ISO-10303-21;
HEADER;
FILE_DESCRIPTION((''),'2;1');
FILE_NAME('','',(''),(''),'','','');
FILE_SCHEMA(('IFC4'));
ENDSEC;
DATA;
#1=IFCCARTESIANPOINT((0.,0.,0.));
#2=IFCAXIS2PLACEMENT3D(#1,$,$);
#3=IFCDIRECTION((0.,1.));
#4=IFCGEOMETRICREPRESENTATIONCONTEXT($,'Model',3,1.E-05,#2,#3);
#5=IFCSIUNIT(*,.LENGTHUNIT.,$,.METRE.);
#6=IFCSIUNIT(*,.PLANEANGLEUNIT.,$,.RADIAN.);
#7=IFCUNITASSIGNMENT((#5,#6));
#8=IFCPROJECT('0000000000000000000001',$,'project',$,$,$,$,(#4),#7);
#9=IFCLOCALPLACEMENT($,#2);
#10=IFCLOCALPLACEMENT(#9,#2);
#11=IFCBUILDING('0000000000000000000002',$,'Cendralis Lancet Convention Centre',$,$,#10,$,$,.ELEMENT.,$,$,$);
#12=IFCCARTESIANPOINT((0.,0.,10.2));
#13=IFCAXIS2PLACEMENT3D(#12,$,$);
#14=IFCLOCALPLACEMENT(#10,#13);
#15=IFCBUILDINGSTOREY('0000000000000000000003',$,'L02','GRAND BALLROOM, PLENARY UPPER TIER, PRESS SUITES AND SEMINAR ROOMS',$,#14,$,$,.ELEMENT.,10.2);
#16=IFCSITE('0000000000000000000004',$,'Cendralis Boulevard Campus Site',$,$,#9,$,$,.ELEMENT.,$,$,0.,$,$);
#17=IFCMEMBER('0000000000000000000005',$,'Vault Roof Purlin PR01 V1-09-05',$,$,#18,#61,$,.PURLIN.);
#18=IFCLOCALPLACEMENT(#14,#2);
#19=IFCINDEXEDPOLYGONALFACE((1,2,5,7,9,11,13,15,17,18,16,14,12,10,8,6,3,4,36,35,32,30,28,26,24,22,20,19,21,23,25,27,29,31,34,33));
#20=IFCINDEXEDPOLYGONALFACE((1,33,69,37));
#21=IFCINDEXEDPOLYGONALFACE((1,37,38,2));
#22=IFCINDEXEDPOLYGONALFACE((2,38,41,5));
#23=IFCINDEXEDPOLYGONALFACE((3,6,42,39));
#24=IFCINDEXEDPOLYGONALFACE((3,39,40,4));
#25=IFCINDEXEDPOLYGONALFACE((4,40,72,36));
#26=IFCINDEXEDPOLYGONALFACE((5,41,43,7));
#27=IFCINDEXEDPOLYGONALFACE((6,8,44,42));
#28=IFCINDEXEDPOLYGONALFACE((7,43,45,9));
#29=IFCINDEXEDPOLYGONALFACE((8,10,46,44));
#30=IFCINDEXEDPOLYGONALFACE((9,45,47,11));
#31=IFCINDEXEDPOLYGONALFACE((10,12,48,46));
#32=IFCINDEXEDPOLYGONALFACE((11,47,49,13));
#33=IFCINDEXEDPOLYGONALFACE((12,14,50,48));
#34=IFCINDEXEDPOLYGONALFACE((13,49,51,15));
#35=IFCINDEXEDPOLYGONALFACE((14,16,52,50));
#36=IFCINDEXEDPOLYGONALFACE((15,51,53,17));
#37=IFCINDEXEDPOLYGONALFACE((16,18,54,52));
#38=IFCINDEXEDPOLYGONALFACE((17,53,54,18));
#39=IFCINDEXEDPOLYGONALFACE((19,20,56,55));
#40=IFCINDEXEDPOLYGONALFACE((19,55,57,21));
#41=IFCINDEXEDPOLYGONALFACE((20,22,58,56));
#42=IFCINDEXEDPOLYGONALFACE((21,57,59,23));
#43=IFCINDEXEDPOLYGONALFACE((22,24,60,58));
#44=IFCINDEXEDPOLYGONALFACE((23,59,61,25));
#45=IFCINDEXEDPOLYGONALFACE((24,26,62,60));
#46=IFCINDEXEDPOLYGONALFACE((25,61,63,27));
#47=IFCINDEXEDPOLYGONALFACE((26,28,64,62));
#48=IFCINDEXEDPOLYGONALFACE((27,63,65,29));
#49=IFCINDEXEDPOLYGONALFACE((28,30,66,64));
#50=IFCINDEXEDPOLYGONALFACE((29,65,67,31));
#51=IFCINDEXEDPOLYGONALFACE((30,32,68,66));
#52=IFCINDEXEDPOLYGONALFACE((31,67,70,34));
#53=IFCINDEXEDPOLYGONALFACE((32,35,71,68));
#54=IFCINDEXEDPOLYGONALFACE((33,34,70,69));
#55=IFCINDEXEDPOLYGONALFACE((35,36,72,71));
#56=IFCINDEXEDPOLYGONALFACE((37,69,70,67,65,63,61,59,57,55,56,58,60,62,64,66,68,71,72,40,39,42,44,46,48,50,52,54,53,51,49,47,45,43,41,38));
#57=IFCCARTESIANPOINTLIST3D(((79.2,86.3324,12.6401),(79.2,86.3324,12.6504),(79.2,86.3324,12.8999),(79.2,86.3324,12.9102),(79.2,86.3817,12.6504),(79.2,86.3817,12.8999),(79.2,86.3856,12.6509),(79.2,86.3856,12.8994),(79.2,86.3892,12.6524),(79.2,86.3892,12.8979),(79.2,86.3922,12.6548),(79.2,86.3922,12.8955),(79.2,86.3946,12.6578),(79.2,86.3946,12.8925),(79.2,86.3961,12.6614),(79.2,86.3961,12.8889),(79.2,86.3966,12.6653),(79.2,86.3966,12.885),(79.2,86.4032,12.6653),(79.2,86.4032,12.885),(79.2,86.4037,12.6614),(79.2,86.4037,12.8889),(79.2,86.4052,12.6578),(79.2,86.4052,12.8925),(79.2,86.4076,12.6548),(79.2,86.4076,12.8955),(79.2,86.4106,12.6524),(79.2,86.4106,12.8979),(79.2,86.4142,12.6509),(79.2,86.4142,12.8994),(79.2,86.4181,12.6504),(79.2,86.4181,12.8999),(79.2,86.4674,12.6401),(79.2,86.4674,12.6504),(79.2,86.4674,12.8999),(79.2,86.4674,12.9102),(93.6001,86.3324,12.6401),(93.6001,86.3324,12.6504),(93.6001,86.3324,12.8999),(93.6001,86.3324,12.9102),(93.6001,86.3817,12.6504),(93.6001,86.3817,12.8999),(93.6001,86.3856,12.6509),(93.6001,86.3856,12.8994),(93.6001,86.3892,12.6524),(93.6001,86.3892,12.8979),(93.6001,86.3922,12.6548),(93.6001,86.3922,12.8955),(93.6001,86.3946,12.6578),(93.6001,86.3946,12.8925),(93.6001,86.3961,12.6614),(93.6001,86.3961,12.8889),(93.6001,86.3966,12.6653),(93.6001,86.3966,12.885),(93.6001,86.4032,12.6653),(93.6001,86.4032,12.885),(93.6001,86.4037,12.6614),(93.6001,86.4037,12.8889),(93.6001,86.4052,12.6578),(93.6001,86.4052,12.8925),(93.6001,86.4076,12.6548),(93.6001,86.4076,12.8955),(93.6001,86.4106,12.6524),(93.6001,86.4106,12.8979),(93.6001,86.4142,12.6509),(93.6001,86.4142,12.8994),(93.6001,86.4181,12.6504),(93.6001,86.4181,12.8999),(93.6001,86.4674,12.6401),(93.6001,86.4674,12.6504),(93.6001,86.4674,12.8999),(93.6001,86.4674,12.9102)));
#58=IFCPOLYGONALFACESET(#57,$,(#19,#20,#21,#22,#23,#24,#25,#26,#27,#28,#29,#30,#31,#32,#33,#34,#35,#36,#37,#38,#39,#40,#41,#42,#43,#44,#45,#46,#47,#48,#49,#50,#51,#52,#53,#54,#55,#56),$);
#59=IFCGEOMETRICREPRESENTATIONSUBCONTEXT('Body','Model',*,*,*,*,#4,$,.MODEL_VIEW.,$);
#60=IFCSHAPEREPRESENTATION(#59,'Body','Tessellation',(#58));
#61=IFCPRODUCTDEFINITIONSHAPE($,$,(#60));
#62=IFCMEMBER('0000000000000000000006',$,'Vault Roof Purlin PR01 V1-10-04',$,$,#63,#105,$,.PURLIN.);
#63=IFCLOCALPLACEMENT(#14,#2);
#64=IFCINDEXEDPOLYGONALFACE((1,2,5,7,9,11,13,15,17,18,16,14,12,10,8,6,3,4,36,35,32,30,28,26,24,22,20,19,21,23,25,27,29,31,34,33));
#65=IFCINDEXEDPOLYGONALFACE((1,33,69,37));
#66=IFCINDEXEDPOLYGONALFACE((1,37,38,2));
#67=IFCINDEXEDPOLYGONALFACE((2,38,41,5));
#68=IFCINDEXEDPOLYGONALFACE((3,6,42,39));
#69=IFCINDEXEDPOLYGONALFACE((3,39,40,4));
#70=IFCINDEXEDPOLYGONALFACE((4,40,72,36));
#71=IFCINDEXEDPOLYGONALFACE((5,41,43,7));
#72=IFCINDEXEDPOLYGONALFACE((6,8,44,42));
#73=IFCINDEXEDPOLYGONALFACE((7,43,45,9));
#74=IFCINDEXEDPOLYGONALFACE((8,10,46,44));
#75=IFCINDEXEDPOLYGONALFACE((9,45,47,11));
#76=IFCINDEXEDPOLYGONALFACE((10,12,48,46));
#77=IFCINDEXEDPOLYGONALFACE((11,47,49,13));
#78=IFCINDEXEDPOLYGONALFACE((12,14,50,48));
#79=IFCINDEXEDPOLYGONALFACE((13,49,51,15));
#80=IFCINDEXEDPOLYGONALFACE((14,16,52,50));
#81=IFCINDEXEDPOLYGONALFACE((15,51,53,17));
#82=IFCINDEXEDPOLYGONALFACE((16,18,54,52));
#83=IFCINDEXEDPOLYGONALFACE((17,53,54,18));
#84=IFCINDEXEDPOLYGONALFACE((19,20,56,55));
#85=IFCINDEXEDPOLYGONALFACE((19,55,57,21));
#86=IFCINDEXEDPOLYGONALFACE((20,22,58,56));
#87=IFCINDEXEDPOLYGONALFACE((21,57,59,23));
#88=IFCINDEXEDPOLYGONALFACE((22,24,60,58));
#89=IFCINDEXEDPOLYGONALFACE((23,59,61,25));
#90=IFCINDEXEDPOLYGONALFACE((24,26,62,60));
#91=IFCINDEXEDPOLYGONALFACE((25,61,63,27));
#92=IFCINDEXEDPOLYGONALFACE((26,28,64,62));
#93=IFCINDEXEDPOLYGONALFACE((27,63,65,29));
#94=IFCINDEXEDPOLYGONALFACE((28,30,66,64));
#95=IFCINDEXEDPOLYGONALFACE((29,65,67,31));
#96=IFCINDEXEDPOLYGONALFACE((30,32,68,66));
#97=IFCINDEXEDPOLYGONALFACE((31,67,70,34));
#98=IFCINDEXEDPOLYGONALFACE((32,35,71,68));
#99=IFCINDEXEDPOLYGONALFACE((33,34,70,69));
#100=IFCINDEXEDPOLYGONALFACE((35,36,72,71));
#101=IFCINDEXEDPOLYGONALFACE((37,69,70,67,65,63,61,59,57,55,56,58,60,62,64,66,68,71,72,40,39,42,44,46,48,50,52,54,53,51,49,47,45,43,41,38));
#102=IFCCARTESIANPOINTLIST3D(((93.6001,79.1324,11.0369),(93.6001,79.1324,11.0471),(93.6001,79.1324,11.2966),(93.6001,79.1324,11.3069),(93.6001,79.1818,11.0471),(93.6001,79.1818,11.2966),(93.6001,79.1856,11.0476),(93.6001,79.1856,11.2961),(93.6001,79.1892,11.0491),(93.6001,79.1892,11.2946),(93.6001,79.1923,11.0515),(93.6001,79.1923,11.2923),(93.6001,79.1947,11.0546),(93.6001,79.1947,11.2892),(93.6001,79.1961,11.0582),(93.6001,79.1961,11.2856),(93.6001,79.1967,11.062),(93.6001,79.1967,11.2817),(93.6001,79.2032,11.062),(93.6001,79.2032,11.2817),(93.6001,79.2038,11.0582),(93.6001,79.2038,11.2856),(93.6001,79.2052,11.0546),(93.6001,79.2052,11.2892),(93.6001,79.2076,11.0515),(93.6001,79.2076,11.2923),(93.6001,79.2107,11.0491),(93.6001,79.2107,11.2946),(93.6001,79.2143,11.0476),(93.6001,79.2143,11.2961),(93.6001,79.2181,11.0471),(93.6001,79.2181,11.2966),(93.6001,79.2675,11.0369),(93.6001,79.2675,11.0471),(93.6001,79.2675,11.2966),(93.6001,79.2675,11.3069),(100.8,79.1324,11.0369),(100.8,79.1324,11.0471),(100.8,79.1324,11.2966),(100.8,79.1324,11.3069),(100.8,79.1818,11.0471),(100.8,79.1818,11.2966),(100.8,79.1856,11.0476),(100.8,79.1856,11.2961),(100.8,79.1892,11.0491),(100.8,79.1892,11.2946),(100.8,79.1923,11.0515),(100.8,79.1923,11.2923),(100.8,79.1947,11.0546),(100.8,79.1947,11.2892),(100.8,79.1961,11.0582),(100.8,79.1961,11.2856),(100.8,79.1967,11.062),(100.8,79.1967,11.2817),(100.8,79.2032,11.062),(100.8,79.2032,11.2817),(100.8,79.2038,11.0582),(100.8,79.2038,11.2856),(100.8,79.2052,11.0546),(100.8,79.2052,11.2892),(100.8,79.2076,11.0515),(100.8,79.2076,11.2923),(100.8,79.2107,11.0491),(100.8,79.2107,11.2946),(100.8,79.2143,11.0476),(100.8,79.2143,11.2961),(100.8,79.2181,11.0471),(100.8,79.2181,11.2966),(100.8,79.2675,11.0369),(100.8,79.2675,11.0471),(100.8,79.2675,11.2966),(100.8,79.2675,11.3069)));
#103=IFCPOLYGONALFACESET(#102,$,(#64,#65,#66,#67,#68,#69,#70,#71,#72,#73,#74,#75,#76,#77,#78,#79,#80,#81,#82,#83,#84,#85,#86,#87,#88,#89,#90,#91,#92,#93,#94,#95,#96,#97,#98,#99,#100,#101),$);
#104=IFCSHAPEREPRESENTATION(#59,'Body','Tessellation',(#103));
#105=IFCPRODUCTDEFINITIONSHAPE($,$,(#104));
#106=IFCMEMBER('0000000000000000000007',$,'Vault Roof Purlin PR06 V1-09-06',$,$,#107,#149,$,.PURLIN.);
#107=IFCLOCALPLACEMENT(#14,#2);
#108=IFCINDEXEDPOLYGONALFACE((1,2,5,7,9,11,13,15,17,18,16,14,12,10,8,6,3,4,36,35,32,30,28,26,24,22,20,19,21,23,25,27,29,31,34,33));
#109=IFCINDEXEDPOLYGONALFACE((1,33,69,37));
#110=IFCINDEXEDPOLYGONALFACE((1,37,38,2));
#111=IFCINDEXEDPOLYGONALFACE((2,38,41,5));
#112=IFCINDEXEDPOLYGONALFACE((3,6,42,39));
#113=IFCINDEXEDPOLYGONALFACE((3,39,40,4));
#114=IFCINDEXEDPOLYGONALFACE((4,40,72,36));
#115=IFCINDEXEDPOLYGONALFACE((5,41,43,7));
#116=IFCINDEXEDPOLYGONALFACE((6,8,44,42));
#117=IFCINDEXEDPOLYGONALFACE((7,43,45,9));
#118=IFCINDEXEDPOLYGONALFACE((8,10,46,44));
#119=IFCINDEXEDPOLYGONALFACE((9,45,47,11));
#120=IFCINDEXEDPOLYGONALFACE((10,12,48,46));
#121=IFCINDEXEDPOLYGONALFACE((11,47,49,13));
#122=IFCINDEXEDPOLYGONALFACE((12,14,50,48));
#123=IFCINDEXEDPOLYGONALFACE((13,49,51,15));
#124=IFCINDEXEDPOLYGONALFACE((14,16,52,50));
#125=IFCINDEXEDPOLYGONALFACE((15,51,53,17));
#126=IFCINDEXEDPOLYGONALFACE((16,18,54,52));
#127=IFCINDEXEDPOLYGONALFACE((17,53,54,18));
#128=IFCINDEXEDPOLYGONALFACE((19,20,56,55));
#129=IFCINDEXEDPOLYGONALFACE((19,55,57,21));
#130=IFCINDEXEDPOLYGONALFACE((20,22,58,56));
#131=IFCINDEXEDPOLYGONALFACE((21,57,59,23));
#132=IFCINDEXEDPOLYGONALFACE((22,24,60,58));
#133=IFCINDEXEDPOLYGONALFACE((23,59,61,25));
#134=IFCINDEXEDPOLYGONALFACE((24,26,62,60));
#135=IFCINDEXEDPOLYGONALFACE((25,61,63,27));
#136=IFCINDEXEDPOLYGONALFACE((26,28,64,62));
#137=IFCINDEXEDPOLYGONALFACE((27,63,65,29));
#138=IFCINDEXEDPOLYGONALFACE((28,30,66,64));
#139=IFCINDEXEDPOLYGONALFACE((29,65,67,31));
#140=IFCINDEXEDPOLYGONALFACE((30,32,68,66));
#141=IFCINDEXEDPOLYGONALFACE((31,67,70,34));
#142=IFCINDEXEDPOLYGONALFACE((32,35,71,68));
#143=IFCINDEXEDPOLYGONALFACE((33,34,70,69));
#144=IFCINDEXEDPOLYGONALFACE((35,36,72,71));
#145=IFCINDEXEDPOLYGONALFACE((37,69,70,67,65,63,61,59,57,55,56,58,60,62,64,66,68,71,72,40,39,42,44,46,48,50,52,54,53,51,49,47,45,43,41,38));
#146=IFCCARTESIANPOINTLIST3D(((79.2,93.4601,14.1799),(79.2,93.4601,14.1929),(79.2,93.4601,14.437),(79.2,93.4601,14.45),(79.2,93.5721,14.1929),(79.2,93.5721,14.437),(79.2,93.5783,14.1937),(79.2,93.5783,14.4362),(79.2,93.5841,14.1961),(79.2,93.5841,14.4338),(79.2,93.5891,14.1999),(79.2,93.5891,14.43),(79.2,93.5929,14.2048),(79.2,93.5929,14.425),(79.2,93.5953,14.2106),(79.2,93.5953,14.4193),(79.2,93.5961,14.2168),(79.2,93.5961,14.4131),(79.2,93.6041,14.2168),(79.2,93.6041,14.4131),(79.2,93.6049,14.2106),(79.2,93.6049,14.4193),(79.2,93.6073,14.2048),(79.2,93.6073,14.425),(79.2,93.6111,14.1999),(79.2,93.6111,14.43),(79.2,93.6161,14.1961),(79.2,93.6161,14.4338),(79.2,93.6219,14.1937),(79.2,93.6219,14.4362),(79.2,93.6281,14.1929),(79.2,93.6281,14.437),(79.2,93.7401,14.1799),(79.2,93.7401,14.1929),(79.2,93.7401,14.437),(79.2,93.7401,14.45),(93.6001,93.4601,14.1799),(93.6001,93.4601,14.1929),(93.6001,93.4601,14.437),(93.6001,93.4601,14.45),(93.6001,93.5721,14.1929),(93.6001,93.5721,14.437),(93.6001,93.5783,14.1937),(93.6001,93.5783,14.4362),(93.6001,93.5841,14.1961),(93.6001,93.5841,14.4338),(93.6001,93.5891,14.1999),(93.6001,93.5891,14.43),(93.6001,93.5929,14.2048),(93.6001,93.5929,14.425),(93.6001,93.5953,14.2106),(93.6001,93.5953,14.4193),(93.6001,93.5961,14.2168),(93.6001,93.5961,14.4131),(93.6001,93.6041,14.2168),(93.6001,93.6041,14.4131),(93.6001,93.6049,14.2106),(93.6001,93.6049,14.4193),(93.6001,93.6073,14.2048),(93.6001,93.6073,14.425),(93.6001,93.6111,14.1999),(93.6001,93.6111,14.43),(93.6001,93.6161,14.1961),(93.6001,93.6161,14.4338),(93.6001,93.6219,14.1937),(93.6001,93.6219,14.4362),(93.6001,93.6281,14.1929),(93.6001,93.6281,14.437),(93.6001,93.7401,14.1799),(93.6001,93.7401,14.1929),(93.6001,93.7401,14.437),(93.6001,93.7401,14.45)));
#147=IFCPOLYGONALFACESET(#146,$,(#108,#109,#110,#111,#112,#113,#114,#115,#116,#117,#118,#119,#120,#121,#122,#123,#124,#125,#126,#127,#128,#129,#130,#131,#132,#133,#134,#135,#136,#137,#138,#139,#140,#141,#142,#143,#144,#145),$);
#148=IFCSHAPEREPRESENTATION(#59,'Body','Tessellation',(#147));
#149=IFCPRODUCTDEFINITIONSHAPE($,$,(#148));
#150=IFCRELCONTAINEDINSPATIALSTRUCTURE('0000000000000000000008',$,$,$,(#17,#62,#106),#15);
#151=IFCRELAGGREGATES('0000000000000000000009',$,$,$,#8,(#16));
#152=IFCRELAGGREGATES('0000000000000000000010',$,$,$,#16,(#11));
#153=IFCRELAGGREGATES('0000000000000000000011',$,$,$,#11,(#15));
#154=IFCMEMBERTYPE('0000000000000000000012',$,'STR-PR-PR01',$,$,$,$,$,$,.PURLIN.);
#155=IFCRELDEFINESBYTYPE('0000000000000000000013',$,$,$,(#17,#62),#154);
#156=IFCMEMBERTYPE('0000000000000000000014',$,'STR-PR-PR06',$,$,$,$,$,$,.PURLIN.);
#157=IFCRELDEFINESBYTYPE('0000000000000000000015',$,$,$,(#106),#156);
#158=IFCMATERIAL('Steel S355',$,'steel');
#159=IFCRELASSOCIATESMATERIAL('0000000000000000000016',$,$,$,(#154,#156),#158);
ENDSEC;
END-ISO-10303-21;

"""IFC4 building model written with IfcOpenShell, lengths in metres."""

from ifc_helpers import new_model, si_unit, direction, frame, origin, origin_2d, place, context, subcontext, project, spatial, i_section, extrude, material, material_profile, profile_set, type_object, element, save


model = new_model("IFC4")

# Units and contexts
model_context = context("Model", 3, precision=1e-05, world=origin(), true_north=direction((0.0, 1.0)))
body_context = subcontext(model_context, "Body", "Model", "MODEL_VIEW")
ifc_project = project(units=[si_unit("LENGTHUNIT", "METRE"), si_unit("PLANEANGLEUNIT", "RADIAN")], contexts=[model_context])

# Site, building, storey
site_placement = place(None, origin())
site = spatial("IfcSite", under=ifc_project, at=site_placement, Name="Cendralis Boulevard Campus Site", CompositionType="ELEMENT", RefElevation=0.0)
building_placement = place(site_placement, origin())
building = spatial("IfcBuilding", under=site, at=building_placement, Name="Cendralis Lancet Convention Centre", CompositionType="ELEMENT")
storey_placement = place(building_placement, frame((0.0, 0.0, 10.2)))
storey = spatial("IfcBuildingStorey", under=building, at=storey_placement, Name="L02", Description="GRAND BALLROOM, PLENARY UPPER TIER, PRESS SUITES AND SEMINAR ROOMS", CompositionType="ELEMENT", Elevation=10.2)

# Members
ifc_material = material(Name="Steel S355", Category="steel")
ifc_material_profile_1 = material_profile(ifc_material, i_section(OverallWidth=0.135, OverallDepth=0.27, WebThickness=0.0066, FlangeThickness=0.0103, FilletRadius=0.0149, at=origin_2d()), Name="IPE 270")
ifc_profile_set_1 = profile_set([ifc_material_profile_1], Name="Steel S355")
member_type_1 = type_object("IfcMemberType", Name="STR-PR-PR01", PredefinedType="PURLIN", material=ifc_profile_set_1)
for number, where, z_axis, x_axis, name in (
    (1, (79.2, 86.3999, 12.7751), (1.0, 0.0, 0.0), (0.0, 1.0, 0.0), "Vault Roof Purlin PR01 V1-09-05"),
):
    element("IfcMember", number, at=place(storey_placement, frame(where, z_axis=z_axis, x_axis=x_axis)), inside=storey, type_object=member_type_1, Name=name, PredefinedType="PURLIN", context=body_context, shape_type="SweptSolid", body=[
        extrude(i_section(OverallWidth=0.135, OverallDepth=0.27, WebThickness=0.0066, FlangeThickness=0.0103, FilletRadius=0.0149, at=origin_2d()), origin(), (0.0, 0.0, 1.0), 14.4001),
    ])
member_1_placement = place(storey_placement, frame((93.6001, 79.2, 11.1719), z_axis=(1.0, 0.0, 0.0), x_axis=(0.0, 1.0, 0.0)))
element("IfcMember", 2, at=member_1_placement, inside=storey, type_object=member_type_1, Name="Vault Roof Purlin PR01 V1-10-04", PredefinedType="PURLIN", context=body_context, shape_type="SweptSolid", body=[
    extrude(i_section(OverallWidth=0.135, OverallDepth=0.27, WebThickness=0.0066, FlangeThickness=0.0103, FilletRadius=0.0149, at=origin_2d()), origin(), (0.0, 0.0, 1.0), 7.2),
])
ifc_material_profile_2 = material_profile(ifc_material, i_section(OverallWidth=0.28, OverallDepth=0.27, WebThickness=0.0081, FlangeThickness=0.0129, FilletRadius=0.0239, at=origin_2d()), Name="HEA 280")
ifc_profile_set_2 = profile_set([ifc_material_profile_2], Name="Steel S355")
member_type_2 = type_object("IfcMemberType", Name="STR-PR-PR06", PredefinedType="PURLIN", material=ifc_profile_set_2)
member_2_placement = place(storey_placement, frame((79.2, 93.6001, 14.3149), z_axis=(1.0, 0.0, 0.0), x_axis=(0.0, 1.0, 0.0)))
element("IfcMember", 3, at=member_2_placement, inside=storey, type_object=member_type_2, Name="Vault Roof Purlin PR06 V1-09-06", PredefinedType="PURLIN", context=body_context, shape_type="SweptSolid", body=[
    extrude(i_section(OverallWidth=0.28, OverallDepth=0.27, WebThickness=0.0081, FlangeThickness=0.0129, FilletRadius=0.0239, at=origin_2d()), origin(), (0.0, 0.0, 1.0), 14.4001),
])

save(model, "model.ifc")
